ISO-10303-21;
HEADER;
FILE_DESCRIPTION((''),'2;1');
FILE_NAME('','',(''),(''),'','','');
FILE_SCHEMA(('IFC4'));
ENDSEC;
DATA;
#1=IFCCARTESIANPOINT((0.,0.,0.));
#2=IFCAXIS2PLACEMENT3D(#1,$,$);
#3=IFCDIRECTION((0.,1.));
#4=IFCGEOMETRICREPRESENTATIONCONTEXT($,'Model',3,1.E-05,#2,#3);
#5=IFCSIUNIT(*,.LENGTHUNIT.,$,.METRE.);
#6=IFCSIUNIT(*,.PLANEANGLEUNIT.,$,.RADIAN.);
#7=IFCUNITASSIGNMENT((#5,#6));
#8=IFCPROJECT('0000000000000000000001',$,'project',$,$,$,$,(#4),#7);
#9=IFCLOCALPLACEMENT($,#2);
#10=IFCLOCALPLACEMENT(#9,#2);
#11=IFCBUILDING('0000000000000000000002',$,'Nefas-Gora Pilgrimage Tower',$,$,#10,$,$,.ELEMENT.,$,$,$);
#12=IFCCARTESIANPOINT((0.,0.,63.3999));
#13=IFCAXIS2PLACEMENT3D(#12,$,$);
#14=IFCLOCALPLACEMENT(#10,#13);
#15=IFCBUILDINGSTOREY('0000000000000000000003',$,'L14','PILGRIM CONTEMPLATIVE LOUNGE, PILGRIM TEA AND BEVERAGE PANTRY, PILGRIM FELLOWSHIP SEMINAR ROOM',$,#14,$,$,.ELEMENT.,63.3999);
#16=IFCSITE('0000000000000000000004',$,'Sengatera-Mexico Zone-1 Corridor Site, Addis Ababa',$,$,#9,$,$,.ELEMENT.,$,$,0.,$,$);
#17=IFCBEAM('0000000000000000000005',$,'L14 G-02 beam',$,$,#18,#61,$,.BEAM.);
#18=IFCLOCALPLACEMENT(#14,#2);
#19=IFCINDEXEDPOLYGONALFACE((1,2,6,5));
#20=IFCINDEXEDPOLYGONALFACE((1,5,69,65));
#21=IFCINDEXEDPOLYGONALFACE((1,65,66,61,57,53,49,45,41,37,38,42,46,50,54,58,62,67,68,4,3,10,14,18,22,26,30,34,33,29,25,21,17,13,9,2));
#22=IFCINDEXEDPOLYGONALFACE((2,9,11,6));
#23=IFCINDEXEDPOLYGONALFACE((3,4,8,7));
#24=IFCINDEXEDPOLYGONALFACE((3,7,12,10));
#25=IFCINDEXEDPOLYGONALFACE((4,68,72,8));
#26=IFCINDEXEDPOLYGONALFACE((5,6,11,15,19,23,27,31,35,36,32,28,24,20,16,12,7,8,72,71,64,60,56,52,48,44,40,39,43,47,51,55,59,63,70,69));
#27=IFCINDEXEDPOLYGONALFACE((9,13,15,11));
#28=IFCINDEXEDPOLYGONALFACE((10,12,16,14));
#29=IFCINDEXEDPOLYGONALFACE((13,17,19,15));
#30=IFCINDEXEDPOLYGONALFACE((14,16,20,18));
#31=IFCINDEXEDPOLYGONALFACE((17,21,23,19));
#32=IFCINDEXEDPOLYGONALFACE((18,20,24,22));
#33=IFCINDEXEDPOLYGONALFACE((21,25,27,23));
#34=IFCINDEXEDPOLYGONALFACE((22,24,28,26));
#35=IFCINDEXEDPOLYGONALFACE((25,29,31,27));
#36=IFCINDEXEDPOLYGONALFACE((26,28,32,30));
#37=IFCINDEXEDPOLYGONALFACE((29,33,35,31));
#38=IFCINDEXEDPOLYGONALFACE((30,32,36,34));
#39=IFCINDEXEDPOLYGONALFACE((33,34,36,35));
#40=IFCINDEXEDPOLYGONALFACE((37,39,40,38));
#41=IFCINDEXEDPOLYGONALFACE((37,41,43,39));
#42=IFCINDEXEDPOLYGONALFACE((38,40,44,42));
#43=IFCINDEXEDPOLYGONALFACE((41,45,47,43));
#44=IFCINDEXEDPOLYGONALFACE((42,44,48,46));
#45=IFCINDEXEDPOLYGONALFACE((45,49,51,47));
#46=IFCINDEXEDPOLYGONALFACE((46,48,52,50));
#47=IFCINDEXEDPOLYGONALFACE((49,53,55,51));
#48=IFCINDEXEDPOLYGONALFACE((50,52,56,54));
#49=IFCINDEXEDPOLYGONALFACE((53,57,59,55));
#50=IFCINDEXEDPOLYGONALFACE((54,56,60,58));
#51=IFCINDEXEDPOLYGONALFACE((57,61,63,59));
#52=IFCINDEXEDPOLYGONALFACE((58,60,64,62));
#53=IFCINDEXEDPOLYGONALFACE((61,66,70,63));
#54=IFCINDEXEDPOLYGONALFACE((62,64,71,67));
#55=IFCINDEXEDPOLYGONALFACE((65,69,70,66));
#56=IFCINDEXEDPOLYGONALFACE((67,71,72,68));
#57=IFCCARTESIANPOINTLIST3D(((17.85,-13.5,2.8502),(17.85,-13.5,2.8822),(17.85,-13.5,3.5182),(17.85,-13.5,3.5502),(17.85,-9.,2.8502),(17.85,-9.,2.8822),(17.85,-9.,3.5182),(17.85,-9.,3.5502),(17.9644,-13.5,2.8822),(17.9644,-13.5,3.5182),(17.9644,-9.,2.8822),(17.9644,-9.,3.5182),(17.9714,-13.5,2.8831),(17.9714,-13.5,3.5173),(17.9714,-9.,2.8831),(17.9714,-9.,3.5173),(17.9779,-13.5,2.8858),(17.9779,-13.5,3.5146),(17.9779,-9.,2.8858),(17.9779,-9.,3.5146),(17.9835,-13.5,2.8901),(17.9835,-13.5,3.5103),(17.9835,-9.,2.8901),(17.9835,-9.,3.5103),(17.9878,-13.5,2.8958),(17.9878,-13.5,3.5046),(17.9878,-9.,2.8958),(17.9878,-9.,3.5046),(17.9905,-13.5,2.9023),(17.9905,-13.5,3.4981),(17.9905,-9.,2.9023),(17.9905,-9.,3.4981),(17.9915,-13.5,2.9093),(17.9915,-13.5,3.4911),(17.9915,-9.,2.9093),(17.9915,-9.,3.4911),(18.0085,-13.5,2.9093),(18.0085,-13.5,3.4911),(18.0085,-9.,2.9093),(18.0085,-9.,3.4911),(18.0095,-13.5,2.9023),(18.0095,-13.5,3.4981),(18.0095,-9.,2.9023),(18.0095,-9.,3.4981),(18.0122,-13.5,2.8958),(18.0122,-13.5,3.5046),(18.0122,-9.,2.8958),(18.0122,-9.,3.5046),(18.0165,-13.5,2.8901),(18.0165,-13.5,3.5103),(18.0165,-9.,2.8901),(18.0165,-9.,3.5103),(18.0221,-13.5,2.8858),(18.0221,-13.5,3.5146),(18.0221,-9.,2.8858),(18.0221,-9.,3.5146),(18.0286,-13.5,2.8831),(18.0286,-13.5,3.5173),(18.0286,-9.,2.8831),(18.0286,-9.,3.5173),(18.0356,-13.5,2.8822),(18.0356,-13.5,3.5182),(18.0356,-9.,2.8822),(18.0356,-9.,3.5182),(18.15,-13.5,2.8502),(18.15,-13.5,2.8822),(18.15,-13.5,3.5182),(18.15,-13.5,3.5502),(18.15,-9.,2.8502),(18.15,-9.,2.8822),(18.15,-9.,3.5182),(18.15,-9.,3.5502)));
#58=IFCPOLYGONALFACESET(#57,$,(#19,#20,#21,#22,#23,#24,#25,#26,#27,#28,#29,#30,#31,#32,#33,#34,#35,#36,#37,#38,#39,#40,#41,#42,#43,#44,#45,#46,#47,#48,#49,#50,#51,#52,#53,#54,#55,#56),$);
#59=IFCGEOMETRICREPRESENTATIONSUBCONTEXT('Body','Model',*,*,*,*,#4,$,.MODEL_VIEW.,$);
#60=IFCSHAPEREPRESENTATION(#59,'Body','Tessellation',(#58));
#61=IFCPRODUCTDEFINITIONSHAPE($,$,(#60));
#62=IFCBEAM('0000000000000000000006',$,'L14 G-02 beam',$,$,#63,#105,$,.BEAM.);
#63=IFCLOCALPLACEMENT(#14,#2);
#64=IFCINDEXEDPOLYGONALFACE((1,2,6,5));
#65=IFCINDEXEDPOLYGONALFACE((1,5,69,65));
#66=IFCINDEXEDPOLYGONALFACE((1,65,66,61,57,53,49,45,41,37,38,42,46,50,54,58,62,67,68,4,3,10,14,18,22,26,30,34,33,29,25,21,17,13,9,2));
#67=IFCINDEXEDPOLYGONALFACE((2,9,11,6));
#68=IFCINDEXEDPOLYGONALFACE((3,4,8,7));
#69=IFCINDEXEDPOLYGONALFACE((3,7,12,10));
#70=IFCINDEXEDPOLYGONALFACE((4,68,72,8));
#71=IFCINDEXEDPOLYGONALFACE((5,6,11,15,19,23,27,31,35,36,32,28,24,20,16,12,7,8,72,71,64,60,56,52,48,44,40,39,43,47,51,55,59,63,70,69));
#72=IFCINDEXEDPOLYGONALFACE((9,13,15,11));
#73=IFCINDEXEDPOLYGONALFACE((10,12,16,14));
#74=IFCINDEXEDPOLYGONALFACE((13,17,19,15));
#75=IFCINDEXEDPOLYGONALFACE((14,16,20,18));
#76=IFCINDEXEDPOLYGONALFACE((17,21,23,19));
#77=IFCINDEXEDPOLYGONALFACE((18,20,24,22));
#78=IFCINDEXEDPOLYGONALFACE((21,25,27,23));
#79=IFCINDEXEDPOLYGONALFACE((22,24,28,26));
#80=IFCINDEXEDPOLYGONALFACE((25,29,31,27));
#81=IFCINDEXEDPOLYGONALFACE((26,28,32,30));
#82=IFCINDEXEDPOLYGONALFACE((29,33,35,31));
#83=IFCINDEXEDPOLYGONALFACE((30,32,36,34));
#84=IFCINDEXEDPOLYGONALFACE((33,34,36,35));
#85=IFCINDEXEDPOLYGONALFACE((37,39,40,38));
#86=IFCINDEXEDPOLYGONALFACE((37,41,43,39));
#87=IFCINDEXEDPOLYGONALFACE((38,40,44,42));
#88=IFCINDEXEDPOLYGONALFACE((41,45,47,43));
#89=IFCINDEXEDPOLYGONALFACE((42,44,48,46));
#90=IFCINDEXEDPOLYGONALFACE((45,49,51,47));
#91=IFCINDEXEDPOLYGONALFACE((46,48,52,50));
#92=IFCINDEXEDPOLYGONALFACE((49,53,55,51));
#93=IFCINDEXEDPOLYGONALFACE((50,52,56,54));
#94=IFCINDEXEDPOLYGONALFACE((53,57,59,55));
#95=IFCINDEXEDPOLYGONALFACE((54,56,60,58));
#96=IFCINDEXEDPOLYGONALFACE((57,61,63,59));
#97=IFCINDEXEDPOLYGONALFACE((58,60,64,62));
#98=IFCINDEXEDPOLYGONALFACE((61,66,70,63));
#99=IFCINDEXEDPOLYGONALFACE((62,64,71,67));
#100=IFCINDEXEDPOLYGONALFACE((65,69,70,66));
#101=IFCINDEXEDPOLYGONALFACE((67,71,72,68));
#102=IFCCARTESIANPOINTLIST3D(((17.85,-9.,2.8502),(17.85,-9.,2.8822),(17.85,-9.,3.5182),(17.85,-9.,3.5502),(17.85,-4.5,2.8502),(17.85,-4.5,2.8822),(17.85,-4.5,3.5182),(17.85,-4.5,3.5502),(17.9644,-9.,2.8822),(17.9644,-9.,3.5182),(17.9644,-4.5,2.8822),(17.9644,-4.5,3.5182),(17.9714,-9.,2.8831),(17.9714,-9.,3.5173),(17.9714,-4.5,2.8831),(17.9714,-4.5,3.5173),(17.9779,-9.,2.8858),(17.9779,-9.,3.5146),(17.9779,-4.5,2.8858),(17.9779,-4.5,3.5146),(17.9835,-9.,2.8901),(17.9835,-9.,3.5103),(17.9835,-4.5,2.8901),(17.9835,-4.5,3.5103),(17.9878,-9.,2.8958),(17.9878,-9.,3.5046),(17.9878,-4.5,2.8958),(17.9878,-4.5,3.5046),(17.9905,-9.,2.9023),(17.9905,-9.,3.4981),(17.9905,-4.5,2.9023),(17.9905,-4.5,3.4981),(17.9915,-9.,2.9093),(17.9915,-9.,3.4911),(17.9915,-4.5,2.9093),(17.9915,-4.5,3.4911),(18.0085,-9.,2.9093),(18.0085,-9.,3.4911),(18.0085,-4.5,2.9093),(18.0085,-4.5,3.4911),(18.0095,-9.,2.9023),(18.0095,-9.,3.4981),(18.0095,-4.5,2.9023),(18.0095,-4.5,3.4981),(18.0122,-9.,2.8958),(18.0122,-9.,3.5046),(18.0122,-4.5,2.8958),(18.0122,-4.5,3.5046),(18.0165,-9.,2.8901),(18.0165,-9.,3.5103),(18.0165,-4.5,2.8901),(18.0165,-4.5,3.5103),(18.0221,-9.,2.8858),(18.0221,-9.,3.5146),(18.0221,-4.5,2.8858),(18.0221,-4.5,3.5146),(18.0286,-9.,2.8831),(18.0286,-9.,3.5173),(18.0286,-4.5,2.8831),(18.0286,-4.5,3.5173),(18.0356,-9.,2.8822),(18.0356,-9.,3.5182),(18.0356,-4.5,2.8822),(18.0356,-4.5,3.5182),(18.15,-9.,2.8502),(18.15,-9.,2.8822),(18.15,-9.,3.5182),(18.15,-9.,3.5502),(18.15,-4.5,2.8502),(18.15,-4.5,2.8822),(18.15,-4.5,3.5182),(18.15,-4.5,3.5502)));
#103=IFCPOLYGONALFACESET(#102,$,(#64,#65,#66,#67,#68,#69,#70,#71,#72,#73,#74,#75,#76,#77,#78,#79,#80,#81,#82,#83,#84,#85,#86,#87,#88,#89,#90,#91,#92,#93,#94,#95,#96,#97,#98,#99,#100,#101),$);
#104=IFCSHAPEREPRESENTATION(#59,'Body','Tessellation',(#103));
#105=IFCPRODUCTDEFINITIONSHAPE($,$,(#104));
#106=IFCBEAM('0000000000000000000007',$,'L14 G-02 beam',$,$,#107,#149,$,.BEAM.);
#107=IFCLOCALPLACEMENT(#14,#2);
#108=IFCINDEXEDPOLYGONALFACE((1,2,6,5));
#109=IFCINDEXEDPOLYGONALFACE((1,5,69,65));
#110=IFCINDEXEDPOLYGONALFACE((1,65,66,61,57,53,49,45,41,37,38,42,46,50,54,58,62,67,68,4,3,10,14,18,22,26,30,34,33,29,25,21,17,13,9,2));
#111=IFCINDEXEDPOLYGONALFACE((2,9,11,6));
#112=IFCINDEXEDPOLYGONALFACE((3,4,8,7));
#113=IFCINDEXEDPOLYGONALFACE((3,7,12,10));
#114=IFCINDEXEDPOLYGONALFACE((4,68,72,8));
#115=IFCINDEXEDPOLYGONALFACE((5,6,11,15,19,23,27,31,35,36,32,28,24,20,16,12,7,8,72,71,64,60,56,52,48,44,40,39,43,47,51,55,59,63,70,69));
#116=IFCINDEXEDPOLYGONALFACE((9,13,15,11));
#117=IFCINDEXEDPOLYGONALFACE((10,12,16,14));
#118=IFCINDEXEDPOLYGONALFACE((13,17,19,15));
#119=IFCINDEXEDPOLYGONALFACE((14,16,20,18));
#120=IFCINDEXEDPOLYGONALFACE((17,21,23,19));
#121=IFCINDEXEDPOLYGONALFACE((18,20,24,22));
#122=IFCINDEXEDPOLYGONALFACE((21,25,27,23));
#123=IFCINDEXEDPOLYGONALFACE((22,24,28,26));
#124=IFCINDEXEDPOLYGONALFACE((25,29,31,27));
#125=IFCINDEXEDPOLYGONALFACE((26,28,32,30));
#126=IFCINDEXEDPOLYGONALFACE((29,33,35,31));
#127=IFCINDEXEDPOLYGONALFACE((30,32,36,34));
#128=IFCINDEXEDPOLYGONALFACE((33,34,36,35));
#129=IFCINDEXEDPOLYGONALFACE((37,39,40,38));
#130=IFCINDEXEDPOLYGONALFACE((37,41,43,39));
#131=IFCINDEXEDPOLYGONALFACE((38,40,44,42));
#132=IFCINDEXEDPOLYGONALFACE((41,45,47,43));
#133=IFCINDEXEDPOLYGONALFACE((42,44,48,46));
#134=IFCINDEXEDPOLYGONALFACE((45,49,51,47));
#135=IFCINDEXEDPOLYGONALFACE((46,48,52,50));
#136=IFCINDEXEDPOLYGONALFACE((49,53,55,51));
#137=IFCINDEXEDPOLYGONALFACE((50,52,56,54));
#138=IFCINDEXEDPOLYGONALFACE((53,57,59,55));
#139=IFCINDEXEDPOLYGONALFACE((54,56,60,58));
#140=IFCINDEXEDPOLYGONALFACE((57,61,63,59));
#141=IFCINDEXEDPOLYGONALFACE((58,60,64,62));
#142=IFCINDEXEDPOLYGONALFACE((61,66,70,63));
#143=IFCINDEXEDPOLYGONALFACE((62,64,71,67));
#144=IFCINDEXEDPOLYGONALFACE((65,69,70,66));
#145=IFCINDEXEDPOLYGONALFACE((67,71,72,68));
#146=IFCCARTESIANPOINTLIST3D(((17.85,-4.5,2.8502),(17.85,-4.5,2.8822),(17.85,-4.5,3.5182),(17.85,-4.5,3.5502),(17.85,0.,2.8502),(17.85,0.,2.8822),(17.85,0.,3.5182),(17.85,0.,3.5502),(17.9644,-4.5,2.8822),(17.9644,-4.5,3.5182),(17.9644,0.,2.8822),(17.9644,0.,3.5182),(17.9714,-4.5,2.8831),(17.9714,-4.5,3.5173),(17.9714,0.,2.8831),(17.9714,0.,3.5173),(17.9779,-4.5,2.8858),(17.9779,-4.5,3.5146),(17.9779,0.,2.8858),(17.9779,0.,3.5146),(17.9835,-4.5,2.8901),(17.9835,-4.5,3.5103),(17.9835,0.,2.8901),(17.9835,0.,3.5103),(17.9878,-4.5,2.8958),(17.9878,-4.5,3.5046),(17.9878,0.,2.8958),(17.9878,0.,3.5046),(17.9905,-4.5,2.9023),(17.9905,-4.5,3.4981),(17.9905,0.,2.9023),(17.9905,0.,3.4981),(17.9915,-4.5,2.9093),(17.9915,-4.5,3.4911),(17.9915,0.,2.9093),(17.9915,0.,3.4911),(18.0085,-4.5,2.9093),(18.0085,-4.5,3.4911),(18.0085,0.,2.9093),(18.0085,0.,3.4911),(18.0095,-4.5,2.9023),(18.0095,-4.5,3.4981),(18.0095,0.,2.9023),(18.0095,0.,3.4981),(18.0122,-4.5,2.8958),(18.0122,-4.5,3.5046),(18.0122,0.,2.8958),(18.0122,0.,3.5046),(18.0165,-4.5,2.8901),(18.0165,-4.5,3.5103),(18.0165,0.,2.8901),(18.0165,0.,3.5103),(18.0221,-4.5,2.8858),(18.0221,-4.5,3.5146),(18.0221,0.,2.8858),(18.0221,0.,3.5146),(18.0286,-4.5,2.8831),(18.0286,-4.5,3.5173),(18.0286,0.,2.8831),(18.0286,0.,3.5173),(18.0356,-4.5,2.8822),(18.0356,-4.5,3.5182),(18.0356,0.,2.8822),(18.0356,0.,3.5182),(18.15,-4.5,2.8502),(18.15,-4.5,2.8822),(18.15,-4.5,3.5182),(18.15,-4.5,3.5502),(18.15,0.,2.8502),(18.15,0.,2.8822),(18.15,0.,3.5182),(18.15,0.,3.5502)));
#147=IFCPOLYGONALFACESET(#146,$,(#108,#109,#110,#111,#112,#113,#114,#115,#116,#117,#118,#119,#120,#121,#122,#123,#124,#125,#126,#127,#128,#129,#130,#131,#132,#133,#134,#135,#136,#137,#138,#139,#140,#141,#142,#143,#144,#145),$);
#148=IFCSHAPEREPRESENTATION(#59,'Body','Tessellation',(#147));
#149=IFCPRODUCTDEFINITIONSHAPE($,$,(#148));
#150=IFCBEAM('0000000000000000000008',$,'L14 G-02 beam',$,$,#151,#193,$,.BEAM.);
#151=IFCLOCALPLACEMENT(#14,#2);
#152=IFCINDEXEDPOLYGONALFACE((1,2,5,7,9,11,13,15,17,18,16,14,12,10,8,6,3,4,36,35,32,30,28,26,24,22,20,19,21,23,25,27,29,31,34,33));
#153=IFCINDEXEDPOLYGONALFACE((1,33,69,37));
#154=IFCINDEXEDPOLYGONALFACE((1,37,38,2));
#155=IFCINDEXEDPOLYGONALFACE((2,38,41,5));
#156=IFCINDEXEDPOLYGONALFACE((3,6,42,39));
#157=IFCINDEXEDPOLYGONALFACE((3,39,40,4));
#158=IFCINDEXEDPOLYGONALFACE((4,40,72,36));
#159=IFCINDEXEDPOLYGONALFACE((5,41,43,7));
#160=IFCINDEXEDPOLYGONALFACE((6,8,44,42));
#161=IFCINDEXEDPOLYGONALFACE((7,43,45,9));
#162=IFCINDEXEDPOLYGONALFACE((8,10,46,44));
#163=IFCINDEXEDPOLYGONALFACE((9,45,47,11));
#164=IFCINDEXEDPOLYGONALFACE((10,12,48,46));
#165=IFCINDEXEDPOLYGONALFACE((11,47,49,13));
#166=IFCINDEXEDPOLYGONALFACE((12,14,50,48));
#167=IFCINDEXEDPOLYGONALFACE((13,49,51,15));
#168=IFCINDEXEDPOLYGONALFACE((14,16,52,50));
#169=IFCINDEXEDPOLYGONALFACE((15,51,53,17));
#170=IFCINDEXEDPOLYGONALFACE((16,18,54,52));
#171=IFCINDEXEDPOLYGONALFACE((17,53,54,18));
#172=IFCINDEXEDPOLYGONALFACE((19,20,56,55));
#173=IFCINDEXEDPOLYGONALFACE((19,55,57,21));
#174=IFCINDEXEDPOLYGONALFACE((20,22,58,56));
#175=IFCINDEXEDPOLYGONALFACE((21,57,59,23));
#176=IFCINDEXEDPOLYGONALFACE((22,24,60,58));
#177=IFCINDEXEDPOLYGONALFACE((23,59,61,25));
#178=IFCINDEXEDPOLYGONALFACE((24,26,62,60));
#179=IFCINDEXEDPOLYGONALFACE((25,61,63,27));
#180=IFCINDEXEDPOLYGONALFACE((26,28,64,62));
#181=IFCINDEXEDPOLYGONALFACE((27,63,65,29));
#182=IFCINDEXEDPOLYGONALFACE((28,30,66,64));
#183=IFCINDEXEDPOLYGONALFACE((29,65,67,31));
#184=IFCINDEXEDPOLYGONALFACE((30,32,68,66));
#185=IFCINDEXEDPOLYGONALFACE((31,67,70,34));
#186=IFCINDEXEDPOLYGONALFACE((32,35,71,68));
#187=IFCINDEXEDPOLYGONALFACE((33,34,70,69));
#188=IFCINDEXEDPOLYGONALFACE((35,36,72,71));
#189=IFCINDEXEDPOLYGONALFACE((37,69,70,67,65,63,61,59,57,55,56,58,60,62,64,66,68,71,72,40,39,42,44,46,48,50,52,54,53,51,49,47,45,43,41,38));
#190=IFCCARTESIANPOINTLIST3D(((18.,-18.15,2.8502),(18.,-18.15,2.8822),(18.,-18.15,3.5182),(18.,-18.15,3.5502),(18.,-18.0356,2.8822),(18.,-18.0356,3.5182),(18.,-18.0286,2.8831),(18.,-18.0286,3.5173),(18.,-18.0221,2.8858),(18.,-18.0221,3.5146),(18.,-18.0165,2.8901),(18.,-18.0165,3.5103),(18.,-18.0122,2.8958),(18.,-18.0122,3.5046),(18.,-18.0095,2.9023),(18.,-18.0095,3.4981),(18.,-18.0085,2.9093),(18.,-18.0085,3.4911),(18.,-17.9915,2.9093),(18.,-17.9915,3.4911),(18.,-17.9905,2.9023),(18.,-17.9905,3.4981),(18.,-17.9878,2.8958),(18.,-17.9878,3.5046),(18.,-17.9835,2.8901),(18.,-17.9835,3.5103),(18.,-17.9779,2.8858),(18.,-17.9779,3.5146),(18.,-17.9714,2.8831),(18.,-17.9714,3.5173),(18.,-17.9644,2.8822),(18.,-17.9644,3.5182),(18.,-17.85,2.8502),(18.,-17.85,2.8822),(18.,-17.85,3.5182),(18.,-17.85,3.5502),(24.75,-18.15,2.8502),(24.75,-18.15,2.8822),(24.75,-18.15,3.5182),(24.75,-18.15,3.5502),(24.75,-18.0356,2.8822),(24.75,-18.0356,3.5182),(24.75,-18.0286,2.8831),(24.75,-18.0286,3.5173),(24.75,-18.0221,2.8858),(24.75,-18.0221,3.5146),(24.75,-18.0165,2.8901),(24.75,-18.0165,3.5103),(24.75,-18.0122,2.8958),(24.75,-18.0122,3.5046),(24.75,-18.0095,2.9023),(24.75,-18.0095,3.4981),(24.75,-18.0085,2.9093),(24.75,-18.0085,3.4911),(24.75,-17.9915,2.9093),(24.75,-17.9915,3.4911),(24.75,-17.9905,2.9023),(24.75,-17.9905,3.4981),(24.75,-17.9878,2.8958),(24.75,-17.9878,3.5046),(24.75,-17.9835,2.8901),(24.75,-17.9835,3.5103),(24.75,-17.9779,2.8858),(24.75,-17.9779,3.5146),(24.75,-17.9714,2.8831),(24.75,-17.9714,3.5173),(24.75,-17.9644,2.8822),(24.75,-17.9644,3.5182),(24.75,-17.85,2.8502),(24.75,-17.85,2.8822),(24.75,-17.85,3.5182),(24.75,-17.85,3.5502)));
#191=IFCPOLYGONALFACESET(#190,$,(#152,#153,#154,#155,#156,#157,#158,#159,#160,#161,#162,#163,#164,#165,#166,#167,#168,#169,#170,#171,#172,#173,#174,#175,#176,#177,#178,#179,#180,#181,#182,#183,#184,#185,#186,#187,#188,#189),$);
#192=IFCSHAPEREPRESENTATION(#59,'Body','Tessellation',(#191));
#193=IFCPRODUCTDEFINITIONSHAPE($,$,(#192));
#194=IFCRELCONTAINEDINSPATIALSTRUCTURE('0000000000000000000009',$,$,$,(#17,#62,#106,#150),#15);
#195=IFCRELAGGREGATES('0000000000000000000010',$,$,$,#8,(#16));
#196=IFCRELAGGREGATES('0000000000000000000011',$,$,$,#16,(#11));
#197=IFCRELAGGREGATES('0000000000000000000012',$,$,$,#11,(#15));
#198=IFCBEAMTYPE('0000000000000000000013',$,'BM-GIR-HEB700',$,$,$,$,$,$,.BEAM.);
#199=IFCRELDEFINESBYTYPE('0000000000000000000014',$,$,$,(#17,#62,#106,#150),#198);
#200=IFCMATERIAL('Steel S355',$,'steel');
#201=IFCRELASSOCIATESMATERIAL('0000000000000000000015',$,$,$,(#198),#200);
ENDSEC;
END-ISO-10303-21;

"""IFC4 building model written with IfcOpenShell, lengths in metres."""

from ifc_helpers import new_model, si_unit, direction, frame, origin, origin_2d, place, context, subcontext, project, spatial, i_section, extrude, source, transform, mapped, material, material_profile, profile_set, type_object, element, save


model = new_model("IFC4")

# Units and contexts
model_context = context("Model", 3, precision=1e-05, world=origin(), true_north=direction((0.0, 1.0)))
body_context = subcontext(model_context, "Body", "Model", "MODEL_VIEW")
ifc_project = project(units=[si_unit("LENGTHUNIT", "METRE"), si_unit("PLANEANGLEUNIT", "RADIAN")], contexts=[model_context])

# Site, building, storey
site_placement = place(None, origin())
site = spatial("IfcSite", under=ifc_project, at=site_placement, Name="Sengatera-Mexico Zone-1 Corridor Site, Addis Ababa", CompositionType="ELEMENT", RefElevation=0.0)
building_placement = place(site_placement, origin())
building = spatial("IfcBuilding", under=site, at=building_placement, Name="Nefas-Gora Pilgrimage Tower", CompositionType="ELEMENT")
storey_placement = place(building_placement, frame((0.0, 0.0, 63.3999)))
storey = spatial("IfcBuildingStorey", under=building, at=storey_placement, Name="L14", Description="PILGRIM CONTEMPLATIVE LOUNGE, PILGRIM TEA AND BEVERAGE PANTRY, PILGRIM FELLOWSHIP SEMINAR ROOM", CompositionType="ELEMENT", Elevation=63.3999)

# Beams
ifc_material_1 = material(Name="Steel S355", Category="steel")
ifc_material_profile_1 = material_profile(ifc_material_1, i_section(OverallWidth=0.3, OverallDepth=0.7, WebThickness=0.0171, FlangeThickness=0.032, FilletRadius=0.0271, at=origin_2d()), Name="HEB 700")
ifc_profile_set_1 = profile_set([ifc_material_profile_1], Name="Steel S355")
beam_type_1 = type_object("IfcBeamType", Name="BM-GIR-HEB700", PredefinedType="BEAM", material=ifc_profile_set_1)
shared_shape_1 = source(origin(), body_context, "Body", "SweptSolid", [
    extrude(i_section(OverallWidth=0.3, OverallDepth=0.7, WebThickness=0.0171, FlangeThickness=0.032, FilletRadius=0.0271, at=origin_2d()), origin(), (0.0, 0.0, 1.0), 4.5),
])
for number, where, z_axis, x_axis, name in (
    (1, (18.0, -13.5, 3.2002), (0.0, 1.0, 0.0), (-1.0, 0.0, 0.0), "L14 G-02 beam"),
    (2, (18.0, -9.0, 3.2002), (0.0, 1.0, 0.0), (-1.0, 0.0, 0.0), "L14 G-02 beam"),
    (3, (18.0, -4.5, 3.2002), (0.0, 1.0, 0.0), (-1.0, 0.0, 0.0), "L14 G-02 beam"),
):
    element("IfcBeam", number, at=place(storey_placement, frame(where, z_axis=z_axis, x_axis=x_axis)), inside=storey, type_object=beam_type_1, Name=name, PredefinedType="BEAM", context=body_context, shape_type="MappedRepresentation", body=[
        mapped(shared_shape_1, transform((0.0, 0.0, 0.0), x_axis=(1.0, 0.0, 0.0), y_axis=(0.0, 1.0, 0.0), z_axis=(0.0, 0.0, 1.0), scale=1.0)),
    ])
shared_shape_2 = source(origin(), body_context, "Body", "SweptSolid", [
    extrude(i_section(OverallWidth=0.3, OverallDepth=0.7, WebThickness=0.0171, FlangeThickness=0.032, FilletRadius=0.0271, at=origin_2d()), origin(), (0.0, 0.0, 1.0), 6.75),
])
for number, where, z_axis, x_axis, name in (
    (4, (18.0, -18.0, 3.2002), (1.0, 0.0, 0.0), (0.0, 1.0, 0.0), "L14 G-02 beam"),
):
    element("IfcBeam", number, at=place(storey_placement, frame(where, z_axis=z_axis, x_axis=x_axis)), inside=storey, type_object=beam_type_1, Name=name, PredefinedType="BEAM", context=body_context, shape_type="MappedRepresentation", body=[
        mapped(shared_shape_2, transform((0.0, 0.0, 0.0), x_axis=(1.0, 0.0, 0.0), y_axis=(0.0, 1.0, 0.0), z_axis=(0.0, 0.0, 1.0), scale=1.0)),
    ])

save(model, "model.ifc")
